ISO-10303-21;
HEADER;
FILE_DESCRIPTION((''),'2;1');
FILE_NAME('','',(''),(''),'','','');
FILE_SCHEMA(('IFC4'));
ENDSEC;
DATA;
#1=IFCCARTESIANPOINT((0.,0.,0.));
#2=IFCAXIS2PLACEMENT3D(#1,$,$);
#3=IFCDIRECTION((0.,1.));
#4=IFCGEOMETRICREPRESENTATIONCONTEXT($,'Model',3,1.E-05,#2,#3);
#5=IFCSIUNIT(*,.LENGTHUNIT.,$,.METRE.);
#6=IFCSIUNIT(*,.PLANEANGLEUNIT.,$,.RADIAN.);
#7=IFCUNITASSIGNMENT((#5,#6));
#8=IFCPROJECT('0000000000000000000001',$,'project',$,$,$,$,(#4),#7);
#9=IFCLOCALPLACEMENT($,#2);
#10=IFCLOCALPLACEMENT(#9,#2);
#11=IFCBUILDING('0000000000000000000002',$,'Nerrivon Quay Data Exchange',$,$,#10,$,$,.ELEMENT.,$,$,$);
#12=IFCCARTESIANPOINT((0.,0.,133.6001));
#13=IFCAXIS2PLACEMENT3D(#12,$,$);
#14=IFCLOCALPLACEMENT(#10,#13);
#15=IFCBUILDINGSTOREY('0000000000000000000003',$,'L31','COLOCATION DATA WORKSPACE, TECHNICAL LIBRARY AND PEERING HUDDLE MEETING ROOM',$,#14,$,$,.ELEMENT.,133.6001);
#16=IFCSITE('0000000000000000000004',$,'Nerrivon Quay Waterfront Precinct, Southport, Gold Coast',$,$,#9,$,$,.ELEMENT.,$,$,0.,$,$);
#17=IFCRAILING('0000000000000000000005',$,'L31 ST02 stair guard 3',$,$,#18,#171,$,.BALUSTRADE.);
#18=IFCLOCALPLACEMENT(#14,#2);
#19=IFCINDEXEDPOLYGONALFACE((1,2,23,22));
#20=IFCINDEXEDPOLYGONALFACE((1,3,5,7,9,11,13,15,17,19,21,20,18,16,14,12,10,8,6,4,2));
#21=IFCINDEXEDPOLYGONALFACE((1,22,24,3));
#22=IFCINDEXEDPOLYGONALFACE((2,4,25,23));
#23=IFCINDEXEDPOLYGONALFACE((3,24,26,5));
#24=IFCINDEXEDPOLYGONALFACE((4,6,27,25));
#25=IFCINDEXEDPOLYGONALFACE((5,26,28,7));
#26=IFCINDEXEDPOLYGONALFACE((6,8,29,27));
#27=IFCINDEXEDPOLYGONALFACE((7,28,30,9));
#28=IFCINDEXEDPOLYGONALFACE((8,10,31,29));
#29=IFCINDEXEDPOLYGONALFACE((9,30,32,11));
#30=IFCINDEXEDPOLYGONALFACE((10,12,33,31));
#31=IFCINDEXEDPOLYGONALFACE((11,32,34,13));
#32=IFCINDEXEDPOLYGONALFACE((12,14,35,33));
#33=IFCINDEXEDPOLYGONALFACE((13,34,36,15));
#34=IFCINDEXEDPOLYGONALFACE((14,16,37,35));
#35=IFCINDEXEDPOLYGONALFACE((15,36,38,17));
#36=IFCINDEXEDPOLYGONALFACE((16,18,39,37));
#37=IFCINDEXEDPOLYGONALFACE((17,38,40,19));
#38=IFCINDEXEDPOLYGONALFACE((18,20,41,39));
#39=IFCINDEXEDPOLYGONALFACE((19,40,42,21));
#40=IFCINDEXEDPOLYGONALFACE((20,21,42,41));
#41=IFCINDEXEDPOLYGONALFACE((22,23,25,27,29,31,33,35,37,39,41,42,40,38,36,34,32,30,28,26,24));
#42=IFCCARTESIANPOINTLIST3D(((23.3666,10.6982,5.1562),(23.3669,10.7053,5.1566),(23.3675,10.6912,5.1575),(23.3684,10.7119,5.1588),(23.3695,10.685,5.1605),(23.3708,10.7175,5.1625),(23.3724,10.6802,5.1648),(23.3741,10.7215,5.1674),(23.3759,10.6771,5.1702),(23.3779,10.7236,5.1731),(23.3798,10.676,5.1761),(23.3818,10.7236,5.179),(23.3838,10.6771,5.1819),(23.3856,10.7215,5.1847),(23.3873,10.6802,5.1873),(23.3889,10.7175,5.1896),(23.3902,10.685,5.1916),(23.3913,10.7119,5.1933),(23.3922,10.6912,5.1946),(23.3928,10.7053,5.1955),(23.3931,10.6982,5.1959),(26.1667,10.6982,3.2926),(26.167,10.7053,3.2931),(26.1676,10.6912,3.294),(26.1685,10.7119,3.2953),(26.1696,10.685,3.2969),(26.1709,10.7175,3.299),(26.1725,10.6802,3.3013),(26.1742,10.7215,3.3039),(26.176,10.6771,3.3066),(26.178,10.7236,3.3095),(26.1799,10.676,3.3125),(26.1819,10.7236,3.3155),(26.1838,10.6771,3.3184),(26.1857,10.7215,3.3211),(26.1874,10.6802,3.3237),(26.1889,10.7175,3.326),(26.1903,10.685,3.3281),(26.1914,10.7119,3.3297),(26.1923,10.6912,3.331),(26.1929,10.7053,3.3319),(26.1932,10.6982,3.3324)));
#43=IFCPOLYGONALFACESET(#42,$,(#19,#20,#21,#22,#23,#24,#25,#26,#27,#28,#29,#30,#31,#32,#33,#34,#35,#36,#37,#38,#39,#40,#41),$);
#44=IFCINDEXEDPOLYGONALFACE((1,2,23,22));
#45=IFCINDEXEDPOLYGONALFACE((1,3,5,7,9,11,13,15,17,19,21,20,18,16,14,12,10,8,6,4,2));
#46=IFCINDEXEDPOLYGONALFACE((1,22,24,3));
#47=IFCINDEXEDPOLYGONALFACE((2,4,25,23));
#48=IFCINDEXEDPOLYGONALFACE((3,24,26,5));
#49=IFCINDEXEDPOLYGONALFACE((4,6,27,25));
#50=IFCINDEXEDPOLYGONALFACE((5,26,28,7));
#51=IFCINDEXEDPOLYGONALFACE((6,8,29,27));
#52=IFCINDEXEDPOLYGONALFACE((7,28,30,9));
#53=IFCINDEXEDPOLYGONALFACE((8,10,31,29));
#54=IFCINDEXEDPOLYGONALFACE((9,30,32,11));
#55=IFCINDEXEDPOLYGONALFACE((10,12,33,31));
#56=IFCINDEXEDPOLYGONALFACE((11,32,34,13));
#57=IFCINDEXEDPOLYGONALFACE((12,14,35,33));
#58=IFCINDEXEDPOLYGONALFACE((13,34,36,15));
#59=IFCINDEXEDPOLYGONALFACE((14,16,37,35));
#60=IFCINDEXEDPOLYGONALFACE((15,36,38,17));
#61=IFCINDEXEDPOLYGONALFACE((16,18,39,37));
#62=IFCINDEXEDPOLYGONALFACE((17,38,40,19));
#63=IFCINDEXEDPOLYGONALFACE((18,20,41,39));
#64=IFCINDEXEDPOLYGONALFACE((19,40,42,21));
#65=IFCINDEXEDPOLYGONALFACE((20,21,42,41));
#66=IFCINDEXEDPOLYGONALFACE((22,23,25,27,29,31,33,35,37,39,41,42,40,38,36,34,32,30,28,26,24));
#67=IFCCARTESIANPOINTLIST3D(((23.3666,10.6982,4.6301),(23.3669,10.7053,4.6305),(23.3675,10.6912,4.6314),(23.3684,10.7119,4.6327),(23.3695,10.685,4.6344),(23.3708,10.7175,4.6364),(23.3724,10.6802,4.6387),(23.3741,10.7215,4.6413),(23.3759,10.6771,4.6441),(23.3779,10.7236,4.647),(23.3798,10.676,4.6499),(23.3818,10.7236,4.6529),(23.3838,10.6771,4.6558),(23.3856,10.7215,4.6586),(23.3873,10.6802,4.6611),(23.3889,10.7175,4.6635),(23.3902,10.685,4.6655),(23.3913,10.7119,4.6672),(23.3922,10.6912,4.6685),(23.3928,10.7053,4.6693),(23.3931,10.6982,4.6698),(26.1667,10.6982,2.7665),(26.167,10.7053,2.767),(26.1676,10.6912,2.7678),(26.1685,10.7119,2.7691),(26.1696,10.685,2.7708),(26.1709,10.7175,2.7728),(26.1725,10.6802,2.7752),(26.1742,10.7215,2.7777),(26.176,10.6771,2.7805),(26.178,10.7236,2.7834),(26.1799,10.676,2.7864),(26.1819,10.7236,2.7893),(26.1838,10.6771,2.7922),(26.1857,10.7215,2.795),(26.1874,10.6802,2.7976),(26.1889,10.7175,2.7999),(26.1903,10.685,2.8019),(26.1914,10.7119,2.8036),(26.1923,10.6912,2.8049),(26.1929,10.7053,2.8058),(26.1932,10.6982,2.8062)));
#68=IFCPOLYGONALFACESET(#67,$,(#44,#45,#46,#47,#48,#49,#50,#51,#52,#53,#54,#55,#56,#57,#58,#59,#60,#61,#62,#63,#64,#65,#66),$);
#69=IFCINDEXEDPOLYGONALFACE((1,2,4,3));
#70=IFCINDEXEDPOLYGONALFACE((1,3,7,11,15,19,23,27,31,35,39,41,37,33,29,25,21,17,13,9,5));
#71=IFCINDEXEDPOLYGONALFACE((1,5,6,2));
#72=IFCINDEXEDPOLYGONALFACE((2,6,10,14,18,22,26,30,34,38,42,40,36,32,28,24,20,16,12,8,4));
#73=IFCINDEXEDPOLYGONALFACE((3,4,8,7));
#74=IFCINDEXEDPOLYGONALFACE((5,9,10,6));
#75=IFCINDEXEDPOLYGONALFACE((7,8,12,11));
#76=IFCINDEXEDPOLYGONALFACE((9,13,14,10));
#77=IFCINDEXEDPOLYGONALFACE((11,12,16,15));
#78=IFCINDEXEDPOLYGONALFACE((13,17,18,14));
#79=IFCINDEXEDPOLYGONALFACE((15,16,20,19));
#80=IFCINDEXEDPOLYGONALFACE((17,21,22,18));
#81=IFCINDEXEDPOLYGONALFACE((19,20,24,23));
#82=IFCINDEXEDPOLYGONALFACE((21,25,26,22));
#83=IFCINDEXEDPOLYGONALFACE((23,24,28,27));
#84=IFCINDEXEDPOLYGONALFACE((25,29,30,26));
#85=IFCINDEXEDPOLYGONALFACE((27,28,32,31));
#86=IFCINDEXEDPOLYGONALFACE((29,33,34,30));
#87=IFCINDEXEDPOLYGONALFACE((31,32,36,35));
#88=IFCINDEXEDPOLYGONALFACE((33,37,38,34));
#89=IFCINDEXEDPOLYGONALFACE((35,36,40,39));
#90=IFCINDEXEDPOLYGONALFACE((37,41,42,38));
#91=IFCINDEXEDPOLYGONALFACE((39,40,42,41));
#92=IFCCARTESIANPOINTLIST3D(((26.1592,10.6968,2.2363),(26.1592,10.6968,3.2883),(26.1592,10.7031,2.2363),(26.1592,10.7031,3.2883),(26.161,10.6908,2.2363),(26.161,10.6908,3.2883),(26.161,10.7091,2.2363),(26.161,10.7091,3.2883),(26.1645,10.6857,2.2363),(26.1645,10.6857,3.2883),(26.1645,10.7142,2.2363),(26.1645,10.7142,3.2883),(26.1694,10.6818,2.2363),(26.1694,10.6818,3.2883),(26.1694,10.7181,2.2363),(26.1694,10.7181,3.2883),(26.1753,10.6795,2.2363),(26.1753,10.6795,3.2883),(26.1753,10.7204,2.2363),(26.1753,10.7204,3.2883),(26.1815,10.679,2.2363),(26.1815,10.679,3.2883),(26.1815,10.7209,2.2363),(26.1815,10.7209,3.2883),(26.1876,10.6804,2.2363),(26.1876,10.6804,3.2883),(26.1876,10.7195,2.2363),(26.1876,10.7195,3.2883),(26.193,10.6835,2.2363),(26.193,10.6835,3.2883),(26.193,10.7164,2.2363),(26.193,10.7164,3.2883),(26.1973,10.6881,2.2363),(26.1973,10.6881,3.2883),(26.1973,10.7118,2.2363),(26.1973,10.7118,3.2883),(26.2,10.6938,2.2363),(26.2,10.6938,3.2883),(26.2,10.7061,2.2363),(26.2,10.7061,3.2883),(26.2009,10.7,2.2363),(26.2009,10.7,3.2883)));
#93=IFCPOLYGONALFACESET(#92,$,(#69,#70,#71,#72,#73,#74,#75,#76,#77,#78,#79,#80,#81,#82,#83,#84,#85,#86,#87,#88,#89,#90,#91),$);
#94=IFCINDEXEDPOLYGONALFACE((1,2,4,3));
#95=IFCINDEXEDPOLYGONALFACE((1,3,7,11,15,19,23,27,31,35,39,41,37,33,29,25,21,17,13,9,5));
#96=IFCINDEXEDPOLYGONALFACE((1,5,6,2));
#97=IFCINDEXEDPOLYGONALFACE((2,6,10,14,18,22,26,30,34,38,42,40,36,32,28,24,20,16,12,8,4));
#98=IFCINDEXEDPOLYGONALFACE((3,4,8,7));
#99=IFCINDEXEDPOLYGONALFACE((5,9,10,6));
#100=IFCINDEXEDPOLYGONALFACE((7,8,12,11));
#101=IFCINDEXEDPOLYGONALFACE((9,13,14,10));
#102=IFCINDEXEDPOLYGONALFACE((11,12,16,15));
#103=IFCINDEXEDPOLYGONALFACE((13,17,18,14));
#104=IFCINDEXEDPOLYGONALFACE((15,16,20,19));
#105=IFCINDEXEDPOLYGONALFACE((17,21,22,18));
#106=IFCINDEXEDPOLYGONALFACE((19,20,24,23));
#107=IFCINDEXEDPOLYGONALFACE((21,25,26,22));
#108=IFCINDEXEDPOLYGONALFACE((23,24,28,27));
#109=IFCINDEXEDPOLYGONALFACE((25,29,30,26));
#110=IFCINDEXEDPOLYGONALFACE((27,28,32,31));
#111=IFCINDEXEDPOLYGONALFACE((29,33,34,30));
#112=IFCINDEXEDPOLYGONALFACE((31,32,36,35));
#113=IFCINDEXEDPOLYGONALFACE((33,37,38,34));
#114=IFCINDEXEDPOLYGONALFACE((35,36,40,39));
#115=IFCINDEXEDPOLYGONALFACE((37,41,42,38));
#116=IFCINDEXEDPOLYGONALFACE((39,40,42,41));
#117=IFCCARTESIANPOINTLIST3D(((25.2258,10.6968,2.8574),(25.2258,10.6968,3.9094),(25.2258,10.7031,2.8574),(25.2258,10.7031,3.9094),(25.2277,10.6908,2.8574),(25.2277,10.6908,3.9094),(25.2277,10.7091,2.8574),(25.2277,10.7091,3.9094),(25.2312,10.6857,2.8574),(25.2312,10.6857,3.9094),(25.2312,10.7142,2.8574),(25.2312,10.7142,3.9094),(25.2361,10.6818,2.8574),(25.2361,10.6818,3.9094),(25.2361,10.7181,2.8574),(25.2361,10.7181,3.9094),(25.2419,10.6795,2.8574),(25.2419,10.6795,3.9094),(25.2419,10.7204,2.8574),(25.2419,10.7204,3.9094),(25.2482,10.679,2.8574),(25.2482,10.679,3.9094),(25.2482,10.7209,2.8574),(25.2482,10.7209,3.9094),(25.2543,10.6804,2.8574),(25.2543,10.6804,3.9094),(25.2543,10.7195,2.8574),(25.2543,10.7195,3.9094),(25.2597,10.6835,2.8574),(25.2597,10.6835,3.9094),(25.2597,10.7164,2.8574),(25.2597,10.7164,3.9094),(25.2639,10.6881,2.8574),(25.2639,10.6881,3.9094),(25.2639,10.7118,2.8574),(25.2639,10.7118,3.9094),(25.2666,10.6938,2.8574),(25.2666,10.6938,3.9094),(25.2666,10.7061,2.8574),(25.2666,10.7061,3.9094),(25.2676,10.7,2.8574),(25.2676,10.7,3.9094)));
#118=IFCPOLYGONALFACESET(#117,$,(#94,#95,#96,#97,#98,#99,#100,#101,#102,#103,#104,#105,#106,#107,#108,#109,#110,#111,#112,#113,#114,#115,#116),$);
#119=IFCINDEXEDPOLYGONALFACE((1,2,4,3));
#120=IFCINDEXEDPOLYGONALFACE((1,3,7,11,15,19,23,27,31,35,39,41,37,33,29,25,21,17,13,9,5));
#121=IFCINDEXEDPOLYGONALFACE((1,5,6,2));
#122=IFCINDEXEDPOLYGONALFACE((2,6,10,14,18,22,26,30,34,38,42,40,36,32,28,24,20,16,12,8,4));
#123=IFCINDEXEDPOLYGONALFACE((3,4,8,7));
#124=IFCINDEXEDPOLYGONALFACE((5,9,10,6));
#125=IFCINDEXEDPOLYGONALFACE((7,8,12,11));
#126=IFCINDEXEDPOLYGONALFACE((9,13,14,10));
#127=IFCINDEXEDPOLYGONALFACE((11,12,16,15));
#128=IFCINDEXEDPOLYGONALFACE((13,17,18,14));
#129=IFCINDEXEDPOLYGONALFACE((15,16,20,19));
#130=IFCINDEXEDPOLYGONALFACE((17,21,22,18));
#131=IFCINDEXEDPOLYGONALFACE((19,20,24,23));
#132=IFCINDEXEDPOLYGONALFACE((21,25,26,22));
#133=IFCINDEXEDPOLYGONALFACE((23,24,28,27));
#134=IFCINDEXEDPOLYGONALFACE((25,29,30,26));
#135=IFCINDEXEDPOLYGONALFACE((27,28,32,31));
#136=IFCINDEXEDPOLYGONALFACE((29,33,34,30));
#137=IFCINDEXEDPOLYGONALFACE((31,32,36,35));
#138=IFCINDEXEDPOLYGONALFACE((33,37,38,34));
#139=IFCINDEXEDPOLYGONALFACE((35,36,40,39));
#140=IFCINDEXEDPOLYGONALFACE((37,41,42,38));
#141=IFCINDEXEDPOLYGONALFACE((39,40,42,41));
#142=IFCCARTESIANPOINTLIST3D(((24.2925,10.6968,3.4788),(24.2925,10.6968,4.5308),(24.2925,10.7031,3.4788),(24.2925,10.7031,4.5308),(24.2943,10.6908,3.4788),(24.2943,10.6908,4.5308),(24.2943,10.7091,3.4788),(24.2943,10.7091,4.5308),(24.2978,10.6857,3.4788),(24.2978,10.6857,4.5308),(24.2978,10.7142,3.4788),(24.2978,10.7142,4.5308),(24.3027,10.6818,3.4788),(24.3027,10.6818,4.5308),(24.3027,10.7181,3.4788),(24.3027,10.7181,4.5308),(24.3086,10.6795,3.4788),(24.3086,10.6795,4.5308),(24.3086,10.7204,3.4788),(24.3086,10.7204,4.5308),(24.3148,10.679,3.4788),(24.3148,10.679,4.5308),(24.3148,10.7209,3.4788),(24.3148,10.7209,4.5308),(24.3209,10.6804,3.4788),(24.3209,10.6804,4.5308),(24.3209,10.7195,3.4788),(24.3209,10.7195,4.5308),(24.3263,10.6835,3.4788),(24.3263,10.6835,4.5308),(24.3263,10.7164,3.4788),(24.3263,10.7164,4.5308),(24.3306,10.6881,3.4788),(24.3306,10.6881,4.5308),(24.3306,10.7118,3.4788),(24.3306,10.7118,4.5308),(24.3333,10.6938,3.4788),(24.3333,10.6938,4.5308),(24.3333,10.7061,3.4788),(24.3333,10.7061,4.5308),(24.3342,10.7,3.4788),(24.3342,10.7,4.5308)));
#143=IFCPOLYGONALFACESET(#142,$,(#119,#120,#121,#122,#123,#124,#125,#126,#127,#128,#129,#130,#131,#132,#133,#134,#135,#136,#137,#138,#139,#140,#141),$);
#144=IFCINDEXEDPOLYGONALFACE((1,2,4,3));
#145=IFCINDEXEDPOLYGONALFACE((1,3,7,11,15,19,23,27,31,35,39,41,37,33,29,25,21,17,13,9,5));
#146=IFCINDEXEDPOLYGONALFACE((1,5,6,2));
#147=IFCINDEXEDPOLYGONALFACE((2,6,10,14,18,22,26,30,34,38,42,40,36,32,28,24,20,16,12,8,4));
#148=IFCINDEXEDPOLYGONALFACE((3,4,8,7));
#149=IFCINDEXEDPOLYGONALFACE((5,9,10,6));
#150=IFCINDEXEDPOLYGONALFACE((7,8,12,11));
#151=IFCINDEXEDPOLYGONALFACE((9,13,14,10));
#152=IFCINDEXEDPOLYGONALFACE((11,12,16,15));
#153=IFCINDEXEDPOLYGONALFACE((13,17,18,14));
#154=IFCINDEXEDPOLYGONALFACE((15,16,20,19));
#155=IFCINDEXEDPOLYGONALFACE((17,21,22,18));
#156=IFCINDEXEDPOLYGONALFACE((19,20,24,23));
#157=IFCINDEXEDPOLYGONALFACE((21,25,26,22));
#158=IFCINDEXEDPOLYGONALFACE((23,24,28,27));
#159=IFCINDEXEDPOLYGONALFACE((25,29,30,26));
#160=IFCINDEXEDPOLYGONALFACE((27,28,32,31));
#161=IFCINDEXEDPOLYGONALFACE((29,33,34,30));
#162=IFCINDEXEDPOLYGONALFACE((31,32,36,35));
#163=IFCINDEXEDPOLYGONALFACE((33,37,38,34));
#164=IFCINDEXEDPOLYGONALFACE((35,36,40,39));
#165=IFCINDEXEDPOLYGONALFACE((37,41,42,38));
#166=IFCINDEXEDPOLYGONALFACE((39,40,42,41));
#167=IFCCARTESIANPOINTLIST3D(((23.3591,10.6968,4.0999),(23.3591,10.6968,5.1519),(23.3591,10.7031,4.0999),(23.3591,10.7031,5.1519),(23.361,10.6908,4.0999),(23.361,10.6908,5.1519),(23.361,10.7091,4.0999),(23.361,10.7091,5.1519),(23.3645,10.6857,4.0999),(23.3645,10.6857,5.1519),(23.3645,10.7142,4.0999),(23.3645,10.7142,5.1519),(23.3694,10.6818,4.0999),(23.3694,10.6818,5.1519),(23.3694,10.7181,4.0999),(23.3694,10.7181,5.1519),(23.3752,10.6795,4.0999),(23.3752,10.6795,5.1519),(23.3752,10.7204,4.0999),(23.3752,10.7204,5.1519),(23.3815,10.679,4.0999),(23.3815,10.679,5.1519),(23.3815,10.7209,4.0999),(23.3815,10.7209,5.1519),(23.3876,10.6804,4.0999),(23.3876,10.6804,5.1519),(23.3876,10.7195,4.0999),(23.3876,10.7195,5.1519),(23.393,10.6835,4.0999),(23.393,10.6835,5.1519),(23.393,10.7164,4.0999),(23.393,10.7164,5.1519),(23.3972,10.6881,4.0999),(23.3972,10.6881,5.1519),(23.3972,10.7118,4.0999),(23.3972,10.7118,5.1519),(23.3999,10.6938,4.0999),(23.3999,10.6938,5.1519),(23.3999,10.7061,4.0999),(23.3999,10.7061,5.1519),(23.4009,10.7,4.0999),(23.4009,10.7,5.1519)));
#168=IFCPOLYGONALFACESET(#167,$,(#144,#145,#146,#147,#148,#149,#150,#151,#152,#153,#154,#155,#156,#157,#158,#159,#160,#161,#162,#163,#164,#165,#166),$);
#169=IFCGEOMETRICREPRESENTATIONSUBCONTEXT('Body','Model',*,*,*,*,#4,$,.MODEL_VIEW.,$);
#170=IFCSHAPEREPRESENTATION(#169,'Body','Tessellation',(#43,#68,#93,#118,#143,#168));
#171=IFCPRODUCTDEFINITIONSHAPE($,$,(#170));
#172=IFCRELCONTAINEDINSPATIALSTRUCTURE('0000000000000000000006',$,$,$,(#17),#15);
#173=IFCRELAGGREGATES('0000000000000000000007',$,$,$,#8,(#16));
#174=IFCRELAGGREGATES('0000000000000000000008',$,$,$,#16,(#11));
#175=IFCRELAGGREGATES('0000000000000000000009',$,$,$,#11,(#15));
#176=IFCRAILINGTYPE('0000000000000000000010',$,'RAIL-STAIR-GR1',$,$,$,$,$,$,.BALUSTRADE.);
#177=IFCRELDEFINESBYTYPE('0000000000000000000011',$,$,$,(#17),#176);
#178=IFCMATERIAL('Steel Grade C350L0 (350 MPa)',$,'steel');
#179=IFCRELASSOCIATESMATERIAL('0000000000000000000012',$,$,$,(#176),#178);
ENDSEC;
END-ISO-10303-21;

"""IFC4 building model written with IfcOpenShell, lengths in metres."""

from ifc_helpers import new_model, si_unit, direction, frame, origin, origin_2d, place, context, subcontext, project, spatial, circle, extrude, material, type_object, element, save


model = new_model("IFC4")

# Units and contexts
model_context = context("Model", 3, precision=1e-05, world=origin(), true_north=direction((0.0, 1.0)))
body_context = subcontext(model_context, "Body", "Model", "MODEL_VIEW")
ifc_project = project(units=[si_unit("LENGTHUNIT", "METRE"), si_unit("PLANEANGLEUNIT", "RADIAN")], contexts=[model_context])

# Site, building, storey
site_placement = place(None, origin())
site = spatial("IfcSite", under=ifc_project, at=site_placement, Name="Nerrivon Quay Waterfront Precinct, Southport, Gold Coast", CompositionType="ELEMENT", RefElevation=0.0)
building_placement = place(site_placement, origin())
building = spatial("IfcBuilding", under=site, at=building_placement, Name="Nerrivon Quay Data Exchange", CompositionType="ELEMENT")
storey_placement = place(building_placement, frame((0.0, 0.0, 133.6001)))
storey = spatial("IfcBuildingStorey", under=building, at=storey_placement, Name="L31", Description="COLOCATION DATA WORKSPACE, TECHNICAL LIBRARY AND PEERING HUDDLE MEETING ROOM", CompositionType="ELEMENT", Elevation=133.6001)

# Railing
ifc_material_1 = material(Name="Steel Grade C350L0 (350 MPa)", Category="steel")
railing_type_1 = type_object("IfcRailingType", Name="RAIL-STAIR-GR1", PredefinedType="BALUSTRADE", material=ifc_material_1)
railing_1_placement = place(storey_placement, frame((26.1799, 10.7, 2.2363)))
element("IfcRailing", 1, at=railing_1_placement, inside=storey, type_object=railing_type_1, Name="L31 ST02 stair guard 3", PredefinedType="BALUSTRADE", context=body_context, shape_type="SweptSolid", body=[
    extrude(circle(Radius=0.0239, at=origin_2d()), frame((0.0, 0.0, 1.0762), z_axis=(-0.832486, 0.0, 0.554047), x_axis=(0.0, -1.0, 0.0)), (0.0, 0.0, 1.0), 3.3635),
    extrude(circle(Radius=0.0239, at=origin_2d()), frame((0.0, 0.0, 0.55), z_axis=(-0.832486, 0.0, 0.554047), x_axis=(0.0, -1.0, 0.0)), (0.0, 0.0, 1.0), 3.3635),
    extrude(circle(Radius=0.021, at=origin_2d()), origin(), (0.0, 0.0, 1.0), 1.052),
    extrude(circle(Radius=0.021, at=origin_2d()), frame((-0.9333, 0.0, 0.6211)), (0.0, 0.0, 1.0), 1.052),
    extrude(circle(Radius=0.021, at=origin_2d()), frame((-1.8667, 0.0, 1.2424)), (0.0, 0.0, 1.0), 1.052),
    extrude(circle(Radius=0.021, at=origin_2d()), frame((-2.8, 0.0, 1.8635)), (0.0, 0.0, 1.0), 1.052),
])

save(model, "model.ifc")
